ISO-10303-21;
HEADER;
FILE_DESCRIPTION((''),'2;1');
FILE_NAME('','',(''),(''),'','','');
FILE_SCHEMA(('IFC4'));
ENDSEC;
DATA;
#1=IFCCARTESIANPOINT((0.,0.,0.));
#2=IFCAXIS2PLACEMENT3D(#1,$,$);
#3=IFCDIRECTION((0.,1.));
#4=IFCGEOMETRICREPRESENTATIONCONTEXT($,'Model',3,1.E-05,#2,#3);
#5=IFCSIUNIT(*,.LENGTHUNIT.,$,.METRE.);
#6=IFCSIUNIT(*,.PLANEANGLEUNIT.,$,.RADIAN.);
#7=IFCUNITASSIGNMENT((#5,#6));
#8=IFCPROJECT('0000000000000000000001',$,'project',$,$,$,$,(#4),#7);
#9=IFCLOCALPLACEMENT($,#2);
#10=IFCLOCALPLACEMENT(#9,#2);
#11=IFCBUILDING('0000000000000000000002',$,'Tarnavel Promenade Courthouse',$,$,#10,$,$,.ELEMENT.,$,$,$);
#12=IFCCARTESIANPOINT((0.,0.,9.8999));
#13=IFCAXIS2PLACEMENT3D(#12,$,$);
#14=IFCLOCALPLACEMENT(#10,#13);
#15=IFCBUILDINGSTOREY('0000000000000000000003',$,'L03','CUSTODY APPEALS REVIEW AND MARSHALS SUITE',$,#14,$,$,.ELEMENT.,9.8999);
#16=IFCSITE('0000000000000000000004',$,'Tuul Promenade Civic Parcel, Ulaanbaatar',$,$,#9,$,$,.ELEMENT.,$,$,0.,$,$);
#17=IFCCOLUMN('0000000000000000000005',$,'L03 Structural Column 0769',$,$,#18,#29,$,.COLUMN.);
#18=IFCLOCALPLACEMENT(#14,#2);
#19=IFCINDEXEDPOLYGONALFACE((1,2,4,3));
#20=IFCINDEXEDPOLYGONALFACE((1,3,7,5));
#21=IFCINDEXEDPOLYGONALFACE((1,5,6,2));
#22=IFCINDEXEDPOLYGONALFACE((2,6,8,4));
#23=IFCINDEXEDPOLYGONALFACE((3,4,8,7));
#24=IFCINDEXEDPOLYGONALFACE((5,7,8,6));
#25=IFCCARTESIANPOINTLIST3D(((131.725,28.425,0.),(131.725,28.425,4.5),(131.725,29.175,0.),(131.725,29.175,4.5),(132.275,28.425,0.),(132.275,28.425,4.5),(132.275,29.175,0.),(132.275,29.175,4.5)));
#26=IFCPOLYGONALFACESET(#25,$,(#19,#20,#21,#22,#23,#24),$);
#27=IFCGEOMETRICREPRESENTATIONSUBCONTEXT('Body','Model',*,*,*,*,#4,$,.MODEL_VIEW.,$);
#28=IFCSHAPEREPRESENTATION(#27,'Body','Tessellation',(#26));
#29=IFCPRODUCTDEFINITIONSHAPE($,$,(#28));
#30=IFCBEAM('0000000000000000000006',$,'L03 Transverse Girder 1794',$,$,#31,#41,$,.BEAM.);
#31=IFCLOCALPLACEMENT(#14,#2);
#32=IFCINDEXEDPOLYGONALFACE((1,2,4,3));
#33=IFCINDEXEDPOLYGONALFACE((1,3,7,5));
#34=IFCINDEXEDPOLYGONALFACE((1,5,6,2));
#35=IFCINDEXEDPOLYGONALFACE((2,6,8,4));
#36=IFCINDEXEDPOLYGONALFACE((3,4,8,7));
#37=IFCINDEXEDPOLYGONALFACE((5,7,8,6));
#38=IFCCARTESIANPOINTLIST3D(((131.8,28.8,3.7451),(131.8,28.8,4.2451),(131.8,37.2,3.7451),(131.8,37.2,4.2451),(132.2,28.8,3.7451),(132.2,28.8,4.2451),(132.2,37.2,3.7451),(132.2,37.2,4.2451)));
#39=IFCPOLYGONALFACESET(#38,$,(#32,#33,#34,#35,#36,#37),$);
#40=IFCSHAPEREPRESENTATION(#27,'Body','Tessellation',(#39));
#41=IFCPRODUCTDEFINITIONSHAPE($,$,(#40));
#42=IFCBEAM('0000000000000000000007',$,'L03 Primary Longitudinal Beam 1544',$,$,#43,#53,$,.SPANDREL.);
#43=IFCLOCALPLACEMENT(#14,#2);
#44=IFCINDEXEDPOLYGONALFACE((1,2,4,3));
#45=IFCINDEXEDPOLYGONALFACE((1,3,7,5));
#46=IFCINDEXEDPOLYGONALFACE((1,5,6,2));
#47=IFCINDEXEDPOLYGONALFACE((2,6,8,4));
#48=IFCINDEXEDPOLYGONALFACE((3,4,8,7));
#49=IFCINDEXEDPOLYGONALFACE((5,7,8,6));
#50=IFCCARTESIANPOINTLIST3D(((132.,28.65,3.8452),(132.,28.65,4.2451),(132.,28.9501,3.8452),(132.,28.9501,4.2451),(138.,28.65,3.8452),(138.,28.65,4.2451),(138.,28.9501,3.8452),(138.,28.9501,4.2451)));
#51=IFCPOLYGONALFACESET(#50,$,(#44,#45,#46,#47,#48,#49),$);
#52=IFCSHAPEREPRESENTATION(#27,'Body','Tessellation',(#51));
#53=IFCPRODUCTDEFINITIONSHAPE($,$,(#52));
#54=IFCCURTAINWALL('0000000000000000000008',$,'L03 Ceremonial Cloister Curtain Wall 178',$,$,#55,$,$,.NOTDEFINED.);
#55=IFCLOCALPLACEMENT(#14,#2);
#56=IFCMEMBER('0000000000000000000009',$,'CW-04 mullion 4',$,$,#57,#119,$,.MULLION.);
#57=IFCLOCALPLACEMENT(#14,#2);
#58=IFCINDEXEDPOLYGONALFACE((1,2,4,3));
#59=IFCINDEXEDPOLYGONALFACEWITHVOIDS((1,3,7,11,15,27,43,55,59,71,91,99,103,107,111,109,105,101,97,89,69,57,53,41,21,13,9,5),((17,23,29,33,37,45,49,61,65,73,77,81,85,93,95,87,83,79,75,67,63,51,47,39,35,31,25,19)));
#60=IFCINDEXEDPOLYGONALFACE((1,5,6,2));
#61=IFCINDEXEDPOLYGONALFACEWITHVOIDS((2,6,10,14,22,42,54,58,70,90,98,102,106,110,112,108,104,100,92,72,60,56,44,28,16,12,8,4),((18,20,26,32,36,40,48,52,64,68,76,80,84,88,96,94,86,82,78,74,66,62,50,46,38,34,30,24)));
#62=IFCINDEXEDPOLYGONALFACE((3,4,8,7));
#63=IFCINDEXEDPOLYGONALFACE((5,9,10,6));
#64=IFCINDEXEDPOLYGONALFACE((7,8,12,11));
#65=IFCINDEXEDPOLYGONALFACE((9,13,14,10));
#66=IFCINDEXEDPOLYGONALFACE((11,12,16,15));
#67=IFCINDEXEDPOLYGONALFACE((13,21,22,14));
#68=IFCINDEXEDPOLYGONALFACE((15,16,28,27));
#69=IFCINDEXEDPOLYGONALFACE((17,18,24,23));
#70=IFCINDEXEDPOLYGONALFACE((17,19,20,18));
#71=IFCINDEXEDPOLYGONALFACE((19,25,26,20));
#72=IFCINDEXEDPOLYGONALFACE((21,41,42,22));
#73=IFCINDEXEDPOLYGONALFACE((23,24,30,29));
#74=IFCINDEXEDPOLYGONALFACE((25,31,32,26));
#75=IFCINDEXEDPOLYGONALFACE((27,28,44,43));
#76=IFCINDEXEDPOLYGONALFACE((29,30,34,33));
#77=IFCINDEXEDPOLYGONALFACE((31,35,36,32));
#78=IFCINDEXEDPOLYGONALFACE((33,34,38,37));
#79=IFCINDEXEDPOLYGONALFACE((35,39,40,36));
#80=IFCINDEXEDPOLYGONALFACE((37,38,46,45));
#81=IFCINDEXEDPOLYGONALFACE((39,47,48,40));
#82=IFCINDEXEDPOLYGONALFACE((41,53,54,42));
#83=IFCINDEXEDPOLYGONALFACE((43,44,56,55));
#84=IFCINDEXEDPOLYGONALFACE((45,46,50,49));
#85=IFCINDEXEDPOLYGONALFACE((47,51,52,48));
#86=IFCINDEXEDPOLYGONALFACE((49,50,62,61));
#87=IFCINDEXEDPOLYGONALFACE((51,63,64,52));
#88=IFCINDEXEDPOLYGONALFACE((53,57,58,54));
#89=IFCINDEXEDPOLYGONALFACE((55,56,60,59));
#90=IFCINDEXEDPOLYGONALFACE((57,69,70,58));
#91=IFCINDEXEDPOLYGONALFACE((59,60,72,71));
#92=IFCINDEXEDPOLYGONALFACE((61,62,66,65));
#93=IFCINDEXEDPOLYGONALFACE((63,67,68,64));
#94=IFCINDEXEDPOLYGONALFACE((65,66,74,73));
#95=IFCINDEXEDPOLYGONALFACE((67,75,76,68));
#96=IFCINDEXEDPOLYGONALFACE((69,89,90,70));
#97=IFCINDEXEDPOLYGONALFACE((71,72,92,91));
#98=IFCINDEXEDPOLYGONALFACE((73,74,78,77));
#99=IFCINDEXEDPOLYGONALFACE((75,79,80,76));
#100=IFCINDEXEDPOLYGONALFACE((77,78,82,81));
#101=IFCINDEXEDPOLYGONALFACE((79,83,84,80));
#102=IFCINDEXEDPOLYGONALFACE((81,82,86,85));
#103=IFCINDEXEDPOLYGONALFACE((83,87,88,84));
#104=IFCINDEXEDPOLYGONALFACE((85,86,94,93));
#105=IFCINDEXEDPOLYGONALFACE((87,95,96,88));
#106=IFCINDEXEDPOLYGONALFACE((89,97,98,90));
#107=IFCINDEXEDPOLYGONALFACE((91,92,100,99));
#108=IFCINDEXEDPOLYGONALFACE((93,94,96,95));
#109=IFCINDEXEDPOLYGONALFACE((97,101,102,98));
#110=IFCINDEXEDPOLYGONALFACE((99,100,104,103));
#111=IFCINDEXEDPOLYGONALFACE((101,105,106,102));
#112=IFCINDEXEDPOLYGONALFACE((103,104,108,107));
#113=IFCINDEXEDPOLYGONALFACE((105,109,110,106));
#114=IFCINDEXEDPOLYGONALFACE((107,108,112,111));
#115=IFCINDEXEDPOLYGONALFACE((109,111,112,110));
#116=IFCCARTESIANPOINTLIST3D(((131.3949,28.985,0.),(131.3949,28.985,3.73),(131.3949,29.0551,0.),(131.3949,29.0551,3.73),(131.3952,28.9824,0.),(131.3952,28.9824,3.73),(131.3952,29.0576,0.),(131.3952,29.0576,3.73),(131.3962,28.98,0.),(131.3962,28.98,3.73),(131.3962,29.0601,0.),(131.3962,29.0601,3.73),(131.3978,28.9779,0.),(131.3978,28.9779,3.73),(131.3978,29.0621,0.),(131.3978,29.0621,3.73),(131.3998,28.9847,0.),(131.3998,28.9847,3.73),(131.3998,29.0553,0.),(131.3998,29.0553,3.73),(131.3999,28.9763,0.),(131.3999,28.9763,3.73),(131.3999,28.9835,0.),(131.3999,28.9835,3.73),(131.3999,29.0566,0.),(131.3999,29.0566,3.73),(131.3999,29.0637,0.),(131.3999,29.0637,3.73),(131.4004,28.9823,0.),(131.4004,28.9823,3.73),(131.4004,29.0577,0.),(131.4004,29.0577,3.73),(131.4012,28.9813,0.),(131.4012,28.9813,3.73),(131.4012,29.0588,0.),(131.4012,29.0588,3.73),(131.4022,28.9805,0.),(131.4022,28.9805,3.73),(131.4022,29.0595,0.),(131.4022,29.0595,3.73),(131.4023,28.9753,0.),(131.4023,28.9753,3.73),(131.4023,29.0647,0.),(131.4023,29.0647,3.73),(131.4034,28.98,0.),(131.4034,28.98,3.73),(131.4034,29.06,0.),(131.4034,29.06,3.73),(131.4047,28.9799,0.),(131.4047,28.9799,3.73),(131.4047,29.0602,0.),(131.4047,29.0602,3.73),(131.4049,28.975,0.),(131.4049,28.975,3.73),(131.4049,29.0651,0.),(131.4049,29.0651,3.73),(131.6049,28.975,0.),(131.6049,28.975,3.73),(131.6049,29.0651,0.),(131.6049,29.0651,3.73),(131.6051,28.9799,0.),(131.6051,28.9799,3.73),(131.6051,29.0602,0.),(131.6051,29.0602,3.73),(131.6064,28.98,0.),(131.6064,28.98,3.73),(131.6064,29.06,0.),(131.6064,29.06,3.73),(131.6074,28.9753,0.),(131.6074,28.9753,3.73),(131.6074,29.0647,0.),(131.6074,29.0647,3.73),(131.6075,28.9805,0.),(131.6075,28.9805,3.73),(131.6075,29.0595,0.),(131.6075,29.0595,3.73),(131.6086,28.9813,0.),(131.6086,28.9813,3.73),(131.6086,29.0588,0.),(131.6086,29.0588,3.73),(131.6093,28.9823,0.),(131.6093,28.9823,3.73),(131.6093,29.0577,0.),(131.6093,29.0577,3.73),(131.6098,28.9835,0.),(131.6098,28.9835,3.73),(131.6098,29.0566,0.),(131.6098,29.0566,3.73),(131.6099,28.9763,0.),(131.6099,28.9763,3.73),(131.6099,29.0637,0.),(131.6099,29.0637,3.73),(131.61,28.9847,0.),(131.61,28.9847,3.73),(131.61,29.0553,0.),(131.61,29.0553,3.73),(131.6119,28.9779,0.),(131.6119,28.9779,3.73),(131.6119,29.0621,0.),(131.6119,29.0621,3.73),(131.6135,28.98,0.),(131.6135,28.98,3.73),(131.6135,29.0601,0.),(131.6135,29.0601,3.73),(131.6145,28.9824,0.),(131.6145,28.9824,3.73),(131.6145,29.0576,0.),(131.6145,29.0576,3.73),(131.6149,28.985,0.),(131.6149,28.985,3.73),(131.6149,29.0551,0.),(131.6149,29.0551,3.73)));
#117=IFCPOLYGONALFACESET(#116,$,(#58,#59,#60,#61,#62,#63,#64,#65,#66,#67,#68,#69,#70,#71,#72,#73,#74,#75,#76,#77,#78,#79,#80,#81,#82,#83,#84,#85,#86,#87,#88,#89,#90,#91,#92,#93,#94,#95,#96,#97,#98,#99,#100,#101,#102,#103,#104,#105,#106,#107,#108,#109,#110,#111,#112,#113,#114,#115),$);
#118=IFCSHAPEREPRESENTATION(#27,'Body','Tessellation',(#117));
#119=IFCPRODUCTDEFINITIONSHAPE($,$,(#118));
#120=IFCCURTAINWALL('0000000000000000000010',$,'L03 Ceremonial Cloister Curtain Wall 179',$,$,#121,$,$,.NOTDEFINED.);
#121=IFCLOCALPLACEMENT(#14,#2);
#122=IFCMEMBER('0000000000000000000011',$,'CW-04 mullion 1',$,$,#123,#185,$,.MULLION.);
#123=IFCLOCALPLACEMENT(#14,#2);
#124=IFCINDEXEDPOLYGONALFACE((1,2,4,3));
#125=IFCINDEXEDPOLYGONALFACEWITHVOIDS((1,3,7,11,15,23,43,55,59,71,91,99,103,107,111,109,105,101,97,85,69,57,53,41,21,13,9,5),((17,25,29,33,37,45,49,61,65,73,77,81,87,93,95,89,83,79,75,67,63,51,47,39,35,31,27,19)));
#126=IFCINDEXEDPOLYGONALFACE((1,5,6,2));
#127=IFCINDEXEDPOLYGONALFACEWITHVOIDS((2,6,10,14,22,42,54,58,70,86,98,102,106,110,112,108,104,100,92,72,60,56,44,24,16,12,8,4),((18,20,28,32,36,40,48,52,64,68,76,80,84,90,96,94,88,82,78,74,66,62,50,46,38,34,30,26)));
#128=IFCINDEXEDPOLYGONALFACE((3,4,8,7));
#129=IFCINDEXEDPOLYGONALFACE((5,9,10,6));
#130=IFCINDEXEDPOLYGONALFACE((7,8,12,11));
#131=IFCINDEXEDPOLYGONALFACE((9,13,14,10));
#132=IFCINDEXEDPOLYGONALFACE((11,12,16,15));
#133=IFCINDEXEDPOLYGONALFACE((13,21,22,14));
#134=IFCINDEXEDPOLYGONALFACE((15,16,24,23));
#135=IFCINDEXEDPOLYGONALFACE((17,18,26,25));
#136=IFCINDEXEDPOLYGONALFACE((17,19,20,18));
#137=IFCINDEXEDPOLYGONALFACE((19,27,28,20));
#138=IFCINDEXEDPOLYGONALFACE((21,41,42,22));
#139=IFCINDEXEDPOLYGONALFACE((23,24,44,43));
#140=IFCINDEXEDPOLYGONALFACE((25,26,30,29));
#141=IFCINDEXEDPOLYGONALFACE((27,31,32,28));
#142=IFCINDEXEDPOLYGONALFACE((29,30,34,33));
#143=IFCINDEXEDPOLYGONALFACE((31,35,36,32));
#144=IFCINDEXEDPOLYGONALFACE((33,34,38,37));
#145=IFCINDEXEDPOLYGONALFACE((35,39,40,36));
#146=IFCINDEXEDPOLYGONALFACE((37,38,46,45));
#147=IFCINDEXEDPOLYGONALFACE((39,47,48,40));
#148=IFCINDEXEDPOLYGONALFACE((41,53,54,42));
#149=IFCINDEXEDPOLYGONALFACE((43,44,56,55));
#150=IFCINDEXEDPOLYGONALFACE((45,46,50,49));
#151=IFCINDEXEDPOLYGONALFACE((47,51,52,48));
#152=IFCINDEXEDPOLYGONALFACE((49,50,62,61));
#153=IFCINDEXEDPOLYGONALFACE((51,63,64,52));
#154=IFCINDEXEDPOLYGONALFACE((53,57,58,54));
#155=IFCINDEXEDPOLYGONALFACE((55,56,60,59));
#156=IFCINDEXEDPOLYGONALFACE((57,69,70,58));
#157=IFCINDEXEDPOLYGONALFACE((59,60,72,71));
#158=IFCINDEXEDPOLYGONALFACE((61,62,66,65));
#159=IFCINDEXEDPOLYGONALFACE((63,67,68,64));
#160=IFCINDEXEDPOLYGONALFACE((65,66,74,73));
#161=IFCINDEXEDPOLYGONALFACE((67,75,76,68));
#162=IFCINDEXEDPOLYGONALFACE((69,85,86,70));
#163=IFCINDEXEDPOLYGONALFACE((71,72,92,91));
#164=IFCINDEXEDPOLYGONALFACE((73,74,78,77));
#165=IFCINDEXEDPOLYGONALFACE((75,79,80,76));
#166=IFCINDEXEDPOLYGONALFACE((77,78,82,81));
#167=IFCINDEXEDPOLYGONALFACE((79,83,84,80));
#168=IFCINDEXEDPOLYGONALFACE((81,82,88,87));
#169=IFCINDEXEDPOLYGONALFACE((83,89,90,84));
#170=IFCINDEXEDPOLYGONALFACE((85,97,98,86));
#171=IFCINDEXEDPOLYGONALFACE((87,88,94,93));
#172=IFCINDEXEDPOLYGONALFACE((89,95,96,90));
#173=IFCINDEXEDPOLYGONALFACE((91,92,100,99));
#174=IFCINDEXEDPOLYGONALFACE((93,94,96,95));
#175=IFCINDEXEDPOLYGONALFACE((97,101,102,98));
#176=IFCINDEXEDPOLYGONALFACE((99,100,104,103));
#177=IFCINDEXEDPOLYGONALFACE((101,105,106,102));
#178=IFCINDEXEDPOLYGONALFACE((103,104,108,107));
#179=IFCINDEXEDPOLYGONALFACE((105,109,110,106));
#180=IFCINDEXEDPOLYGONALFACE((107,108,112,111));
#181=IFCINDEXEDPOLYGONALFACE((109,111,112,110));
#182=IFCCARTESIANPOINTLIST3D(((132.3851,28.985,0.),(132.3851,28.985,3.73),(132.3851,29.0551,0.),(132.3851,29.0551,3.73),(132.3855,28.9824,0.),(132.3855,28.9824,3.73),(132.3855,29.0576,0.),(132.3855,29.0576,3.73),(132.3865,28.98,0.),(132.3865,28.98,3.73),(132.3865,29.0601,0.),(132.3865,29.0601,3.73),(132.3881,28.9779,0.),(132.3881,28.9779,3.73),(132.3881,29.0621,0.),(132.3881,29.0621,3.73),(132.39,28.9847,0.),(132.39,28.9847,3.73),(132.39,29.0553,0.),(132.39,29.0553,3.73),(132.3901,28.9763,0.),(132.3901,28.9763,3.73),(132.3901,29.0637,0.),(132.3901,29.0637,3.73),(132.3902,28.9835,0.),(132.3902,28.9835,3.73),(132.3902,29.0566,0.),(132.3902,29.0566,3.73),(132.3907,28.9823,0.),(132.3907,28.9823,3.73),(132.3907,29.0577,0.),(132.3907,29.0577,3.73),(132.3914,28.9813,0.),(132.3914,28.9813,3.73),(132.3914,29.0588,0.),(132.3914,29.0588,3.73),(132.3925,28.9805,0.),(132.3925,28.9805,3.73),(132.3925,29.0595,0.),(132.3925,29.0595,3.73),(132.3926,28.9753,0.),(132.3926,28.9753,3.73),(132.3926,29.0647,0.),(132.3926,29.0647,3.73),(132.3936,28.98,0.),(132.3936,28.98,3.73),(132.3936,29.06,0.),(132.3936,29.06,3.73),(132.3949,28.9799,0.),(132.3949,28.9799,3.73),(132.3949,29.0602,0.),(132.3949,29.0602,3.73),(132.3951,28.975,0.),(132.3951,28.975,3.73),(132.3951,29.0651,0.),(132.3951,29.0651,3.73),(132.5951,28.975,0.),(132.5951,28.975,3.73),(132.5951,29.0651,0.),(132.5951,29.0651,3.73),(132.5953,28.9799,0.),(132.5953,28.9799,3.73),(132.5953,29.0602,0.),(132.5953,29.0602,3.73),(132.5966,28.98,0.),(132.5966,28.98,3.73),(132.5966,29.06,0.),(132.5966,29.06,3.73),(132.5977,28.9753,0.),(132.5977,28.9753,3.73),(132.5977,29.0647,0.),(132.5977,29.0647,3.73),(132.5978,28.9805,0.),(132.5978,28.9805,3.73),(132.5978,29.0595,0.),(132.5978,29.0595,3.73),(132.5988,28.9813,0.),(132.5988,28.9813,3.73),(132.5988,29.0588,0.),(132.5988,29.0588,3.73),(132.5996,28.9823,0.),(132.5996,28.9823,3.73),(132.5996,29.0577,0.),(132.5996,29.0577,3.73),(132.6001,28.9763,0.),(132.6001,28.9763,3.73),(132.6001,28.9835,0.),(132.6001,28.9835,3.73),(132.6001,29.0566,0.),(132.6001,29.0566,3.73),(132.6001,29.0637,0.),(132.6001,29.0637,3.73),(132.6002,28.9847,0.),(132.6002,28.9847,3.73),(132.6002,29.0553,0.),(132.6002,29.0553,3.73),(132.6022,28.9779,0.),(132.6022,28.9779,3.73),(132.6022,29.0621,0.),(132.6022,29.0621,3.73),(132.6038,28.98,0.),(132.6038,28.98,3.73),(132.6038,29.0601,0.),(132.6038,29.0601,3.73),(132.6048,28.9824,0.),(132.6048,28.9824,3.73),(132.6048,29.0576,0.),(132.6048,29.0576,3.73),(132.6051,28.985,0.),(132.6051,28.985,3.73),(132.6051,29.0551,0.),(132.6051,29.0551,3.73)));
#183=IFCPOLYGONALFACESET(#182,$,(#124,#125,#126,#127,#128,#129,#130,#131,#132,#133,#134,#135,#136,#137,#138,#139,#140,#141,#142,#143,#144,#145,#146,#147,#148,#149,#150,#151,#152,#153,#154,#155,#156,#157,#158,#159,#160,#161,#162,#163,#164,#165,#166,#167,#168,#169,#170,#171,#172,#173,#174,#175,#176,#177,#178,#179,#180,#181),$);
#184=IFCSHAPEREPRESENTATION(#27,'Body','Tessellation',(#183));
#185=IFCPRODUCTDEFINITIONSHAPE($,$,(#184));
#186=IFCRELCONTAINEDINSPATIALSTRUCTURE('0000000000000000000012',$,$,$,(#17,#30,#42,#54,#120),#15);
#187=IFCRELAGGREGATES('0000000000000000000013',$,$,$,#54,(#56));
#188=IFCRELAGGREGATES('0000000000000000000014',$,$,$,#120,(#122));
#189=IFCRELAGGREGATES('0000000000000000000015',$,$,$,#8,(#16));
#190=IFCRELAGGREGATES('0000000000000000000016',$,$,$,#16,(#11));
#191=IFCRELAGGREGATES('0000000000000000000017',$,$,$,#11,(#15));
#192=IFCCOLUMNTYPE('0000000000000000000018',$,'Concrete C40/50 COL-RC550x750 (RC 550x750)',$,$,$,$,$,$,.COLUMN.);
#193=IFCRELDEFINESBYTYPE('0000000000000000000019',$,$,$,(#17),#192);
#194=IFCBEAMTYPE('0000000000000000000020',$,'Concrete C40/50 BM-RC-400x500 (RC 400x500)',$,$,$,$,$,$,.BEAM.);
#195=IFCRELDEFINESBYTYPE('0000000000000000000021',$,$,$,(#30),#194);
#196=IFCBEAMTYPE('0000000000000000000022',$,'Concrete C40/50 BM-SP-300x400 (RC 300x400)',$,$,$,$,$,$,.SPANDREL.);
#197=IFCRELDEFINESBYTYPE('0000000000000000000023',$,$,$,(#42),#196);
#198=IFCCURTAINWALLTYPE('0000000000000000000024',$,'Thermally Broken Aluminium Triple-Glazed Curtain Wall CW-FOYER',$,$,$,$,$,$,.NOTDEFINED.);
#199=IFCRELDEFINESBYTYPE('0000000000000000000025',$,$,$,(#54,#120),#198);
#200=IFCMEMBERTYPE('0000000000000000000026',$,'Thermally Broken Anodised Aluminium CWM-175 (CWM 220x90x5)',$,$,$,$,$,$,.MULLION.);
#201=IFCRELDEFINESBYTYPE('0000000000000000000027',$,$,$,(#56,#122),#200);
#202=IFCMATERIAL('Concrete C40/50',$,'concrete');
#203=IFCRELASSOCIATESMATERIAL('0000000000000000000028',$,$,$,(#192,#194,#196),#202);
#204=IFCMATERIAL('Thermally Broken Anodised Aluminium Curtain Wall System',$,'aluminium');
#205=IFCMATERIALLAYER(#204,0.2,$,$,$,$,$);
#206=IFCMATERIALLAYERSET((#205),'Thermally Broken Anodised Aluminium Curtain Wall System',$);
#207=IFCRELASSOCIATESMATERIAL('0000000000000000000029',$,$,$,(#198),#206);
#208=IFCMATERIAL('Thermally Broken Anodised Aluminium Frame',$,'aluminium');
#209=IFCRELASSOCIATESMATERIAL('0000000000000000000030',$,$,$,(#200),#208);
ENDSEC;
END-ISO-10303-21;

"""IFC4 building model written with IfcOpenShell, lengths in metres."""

from ifc_helpers import new_model, si_unit, direction, frame, origin, origin_2d, place, context, subcontext, project, spatial, rectangle, hollow_rectangle, extrude, material, layer, layer_set, material_profile, profile_set, type_object, element, aggregate, save


model = new_model("IFC4")

# Units and contexts
model_context = context("Model", 3, precision=1e-05, world=origin(), true_north=direction((0.0, 1.0)))
body_context = subcontext(model_context, "Body", "Model", "MODEL_VIEW")
ifc_project = project(units=[si_unit("LENGTHUNIT", "METRE"), si_unit("PLANEANGLEUNIT", "RADIAN")], contexts=[model_context])

# Site, building, storey
site_placement = place(None, origin())
site = spatial("IfcSite", under=ifc_project, at=site_placement, Name="Tuul Promenade Civic Parcel, Ulaanbaatar", CompositionType="ELEMENT", RefElevation=0.0)
building_placement = place(site_placement, origin())
building = spatial("IfcBuilding", under=site, at=building_placement, Name="Tarnavel Promenade Courthouse", CompositionType="ELEMENT")
storey_placement = place(building_placement, frame((0.0, 0.0, 9.8999)))
storey = spatial("IfcBuildingStorey", under=building, at=storey_placement, Name="L03", Description="CUSTODY APPEALS REVIEW AND MARSHALS SUITE", CompositionType="ELEMENT", Elevation=9.8999)

# Column
ifc_material_1 = material(Name="Concrete C40/50", Category="concrete")
ifc_material_profile_1 = material_profile(ifc_material_1, rectangle(XDim=0.55, YDim=0.75, at=origin_2d()), Name="RC 550x750")
ifc_profile_set_1 = profile_set([ifc_material_profile_1], Name="Concrete C40/50")
column_type = type_object("IfcColumnType", Name="Concrete C40/50 COL-RC550x750 (RC 550x750)", PredefinedType="COLUMN", material=ifc_profile_set_1)
column_placement = place(storey_placement, frame((132.0, 28.8, 0.0), z_axis=(0.0, 0.0, 1.0), x_axis=(1.0, 0.0, 0.0)))
element("IfcColumn", 1, at=column_placement, inside=storey, type_object=column_type, Name="L03 Structural Column 0769", PredefinedType="COLUMN", context=body_context, shape_type="SweptSolid", body=[
    extrude(rectangle(XDim=0.55, YDim=0.75, at=origin_2d()), origin(), (0.0, 0.0, 1.0), 4.5),
])

# Beams
ifc_material_profile_2 = material_profile(ifc_material_1, rectangle(XDim=0.3999, YDim=0.5, at=origin_2d()), Name="RC 400x500")
ifc_profile_set_2 = profile_set([ifc_material_profile_2], Name="Concrete C40/50")
beam_type_1 = type_object("IfcBeamType", Name="Concrete C40/50 BM-RC-400x500 (RC 400x500)", PredefinedType="BEAM", material=ifc_profile_set_2)
beam_1_placement = place(storey_placement, frame((132.0, 28.8, 3.9951), z_axis=(0.0, 1.0, 0.0), x_axis=(-1.0, 0.0, 0.0)))
element("IfcBeam", 2, at=beam_1_placement, inside=storey, type_object=beam_type_1, Name="L03 Transverse Girder 1794", PredefinedType="BEAM", context=body_context, shape_type="SweptSolid", body=[
    extrude(rectangle(XDim=0.3999, YDim=0.5, at=origin_2d()), origin(), (0.0, 0.0, 1.0), 8.3999),
])
ifc_material_profile_3 = material_profile(ifc_material_1, rectangle(XDim=0.3, YDim=0.3999, at=origin_2d()), Name="RC 300x400")
ifc_profile_set_3 = profile_set([ifc_material_profile_3], Name="Concrete C40/50")
beam_type_2 = type_object("IfcBeamType", Name="Concrete C40/50 BM-SP-300x400 (RC 300x400)", PredefinedType="SPANDREL", material=ifc_profile_set_3)
beam_2_placement = place(storey_placement, frame((132.0, 28.8, 4.0452), z_axis=(1.0, 0.0, 0.0), x_axis=(0.0, 1.0, 0.0)))
element("IfcBeam", 3, at=beam_2_placement, inside=storey, type_object=beam_type_2, Name="L03 Primary Longitudinal Beam 1544", PredefinedType="SPANDREL", context=body_context, shape_type="SweptSolid", body=[
    extrude(rectangle(XDim=0.3, YDim=0.3999, at=origin_2d()), origin(), (0.0, 0.0, 1.0), 6.0),
])

# Curtain wall, member
ifc_material_2 = material(Name="Thermally Broken Anodised Aluminium Curtain Wall System", Category="aluminium")
ifc_layer_1 = layer(ifc_material_2, 0.2)
ifc_layer_set_1 = layer_set([ifc_layer_1], Name="Thermally Broken Anodised Aluminium Curtain Wall System")
curtain_wall_type = type_object("IfcCurtainWallType", Name="Thermally Broken Aluminium Triple-Glazed Curtain Wall CW-FOYER", PredefinedType="NOTDEFINED", material=ifc_layer_set_1)
curtain_wall_1_placement = place(storey_placement, origin())
curtain_wall_1 = element("IfcCurtainWall", 4, at=curtain_wall_1_placement, inside=storey, type_object=curtain_wall_type, Name="L03 Ceremonial Cloister Curtain Wall 178", PredefinedType="NOTDEFINED")
ifc_material_3 = material(Name="Thermally Broken Anodised Aluminium Frame", Category="aluminium")
ifc_material_profile_4 = material_profile(ifc_material_3, hollow_rectangle(XDim=0.0901, YDim=0.22, WallThickness=0.0049, InnerFilletRadius=0.0049, OuterFilletRadius=0.01, at=origin_2d()), Name="CWM 220x90x5")
ifc_profile_set_4 = profile_set([ifc_material_profile_4], Name="Thermally Broken Anodised Aluminium Frame")
member_type_1 = type_object("IfcMemberType", Name="Thermally Broken Anodised Aluminium CWM-175 (CWM 220x90x5)", PredefinedType="MULLION", material=ifc_profile_set_4)
member_1_placement = place(storey_placement, frame((131.5049, 29.02, 0.0), z_axis=(0.0, 0.0, 1.0), x_axis=(0.0, 1.0, 0.0)))
member_1 = element("IfcMember", 5, at=member_1_placement, type_object=member_type_1, Name="CW-04 mullion 4", PredefinedType="MULLION", context=body_context, shape_type="SweptSolid", body=[
    extrude(hollow_rectangle(XDim=0.0901, YDim=0.22, WallThickness=0.0049, InnerFilletRadius=0.0049, OuterFilletRadius=0.01, at=origin_2d()), origin(), (0.0, 0.0, 1.0), 3.73),
])

# Curtain wall, member
curtain_wall_2_placement = place(storey_placement, origin())
curtain_wall_2 = element("IfcCurtainWall", 6, at=curtain_wall_2_placement, inside=storey, type_object=curtain_wall_type, Name="L03 Ceremonial Cloister Curtain Wall 179", PredefinedType="NOTDEFINED")
member_2_placement = place(storey_placement, frame((132.4951, 29.02, 0.0), z_axis=(0.0, 0.0, 1.0), x_axis=(0.0, 1.0, 0.0)))
member_2 = element("IfcMember", 7, at=member_2_placement, type_object=member_type_1, Name="CW-04 mullion 1", PredefinedType="MULLION", context=body_context, shape_type="SweptSolid", body=[
    extrude(hollow_rectangle(XDim=0.0901, YDim=0.22, WallThickness=0.0049, InnerFilletRadius=0.0049, OuterFilletRadius=0.01, at=origin_2d()), origin(), (0.0, 0.0, 1.0), 3.73),
])

aggregate(curtain_wall_1, [member_1])
aggregate(curtain_wall_2, [member_2])

save(model, "model.ifc")
